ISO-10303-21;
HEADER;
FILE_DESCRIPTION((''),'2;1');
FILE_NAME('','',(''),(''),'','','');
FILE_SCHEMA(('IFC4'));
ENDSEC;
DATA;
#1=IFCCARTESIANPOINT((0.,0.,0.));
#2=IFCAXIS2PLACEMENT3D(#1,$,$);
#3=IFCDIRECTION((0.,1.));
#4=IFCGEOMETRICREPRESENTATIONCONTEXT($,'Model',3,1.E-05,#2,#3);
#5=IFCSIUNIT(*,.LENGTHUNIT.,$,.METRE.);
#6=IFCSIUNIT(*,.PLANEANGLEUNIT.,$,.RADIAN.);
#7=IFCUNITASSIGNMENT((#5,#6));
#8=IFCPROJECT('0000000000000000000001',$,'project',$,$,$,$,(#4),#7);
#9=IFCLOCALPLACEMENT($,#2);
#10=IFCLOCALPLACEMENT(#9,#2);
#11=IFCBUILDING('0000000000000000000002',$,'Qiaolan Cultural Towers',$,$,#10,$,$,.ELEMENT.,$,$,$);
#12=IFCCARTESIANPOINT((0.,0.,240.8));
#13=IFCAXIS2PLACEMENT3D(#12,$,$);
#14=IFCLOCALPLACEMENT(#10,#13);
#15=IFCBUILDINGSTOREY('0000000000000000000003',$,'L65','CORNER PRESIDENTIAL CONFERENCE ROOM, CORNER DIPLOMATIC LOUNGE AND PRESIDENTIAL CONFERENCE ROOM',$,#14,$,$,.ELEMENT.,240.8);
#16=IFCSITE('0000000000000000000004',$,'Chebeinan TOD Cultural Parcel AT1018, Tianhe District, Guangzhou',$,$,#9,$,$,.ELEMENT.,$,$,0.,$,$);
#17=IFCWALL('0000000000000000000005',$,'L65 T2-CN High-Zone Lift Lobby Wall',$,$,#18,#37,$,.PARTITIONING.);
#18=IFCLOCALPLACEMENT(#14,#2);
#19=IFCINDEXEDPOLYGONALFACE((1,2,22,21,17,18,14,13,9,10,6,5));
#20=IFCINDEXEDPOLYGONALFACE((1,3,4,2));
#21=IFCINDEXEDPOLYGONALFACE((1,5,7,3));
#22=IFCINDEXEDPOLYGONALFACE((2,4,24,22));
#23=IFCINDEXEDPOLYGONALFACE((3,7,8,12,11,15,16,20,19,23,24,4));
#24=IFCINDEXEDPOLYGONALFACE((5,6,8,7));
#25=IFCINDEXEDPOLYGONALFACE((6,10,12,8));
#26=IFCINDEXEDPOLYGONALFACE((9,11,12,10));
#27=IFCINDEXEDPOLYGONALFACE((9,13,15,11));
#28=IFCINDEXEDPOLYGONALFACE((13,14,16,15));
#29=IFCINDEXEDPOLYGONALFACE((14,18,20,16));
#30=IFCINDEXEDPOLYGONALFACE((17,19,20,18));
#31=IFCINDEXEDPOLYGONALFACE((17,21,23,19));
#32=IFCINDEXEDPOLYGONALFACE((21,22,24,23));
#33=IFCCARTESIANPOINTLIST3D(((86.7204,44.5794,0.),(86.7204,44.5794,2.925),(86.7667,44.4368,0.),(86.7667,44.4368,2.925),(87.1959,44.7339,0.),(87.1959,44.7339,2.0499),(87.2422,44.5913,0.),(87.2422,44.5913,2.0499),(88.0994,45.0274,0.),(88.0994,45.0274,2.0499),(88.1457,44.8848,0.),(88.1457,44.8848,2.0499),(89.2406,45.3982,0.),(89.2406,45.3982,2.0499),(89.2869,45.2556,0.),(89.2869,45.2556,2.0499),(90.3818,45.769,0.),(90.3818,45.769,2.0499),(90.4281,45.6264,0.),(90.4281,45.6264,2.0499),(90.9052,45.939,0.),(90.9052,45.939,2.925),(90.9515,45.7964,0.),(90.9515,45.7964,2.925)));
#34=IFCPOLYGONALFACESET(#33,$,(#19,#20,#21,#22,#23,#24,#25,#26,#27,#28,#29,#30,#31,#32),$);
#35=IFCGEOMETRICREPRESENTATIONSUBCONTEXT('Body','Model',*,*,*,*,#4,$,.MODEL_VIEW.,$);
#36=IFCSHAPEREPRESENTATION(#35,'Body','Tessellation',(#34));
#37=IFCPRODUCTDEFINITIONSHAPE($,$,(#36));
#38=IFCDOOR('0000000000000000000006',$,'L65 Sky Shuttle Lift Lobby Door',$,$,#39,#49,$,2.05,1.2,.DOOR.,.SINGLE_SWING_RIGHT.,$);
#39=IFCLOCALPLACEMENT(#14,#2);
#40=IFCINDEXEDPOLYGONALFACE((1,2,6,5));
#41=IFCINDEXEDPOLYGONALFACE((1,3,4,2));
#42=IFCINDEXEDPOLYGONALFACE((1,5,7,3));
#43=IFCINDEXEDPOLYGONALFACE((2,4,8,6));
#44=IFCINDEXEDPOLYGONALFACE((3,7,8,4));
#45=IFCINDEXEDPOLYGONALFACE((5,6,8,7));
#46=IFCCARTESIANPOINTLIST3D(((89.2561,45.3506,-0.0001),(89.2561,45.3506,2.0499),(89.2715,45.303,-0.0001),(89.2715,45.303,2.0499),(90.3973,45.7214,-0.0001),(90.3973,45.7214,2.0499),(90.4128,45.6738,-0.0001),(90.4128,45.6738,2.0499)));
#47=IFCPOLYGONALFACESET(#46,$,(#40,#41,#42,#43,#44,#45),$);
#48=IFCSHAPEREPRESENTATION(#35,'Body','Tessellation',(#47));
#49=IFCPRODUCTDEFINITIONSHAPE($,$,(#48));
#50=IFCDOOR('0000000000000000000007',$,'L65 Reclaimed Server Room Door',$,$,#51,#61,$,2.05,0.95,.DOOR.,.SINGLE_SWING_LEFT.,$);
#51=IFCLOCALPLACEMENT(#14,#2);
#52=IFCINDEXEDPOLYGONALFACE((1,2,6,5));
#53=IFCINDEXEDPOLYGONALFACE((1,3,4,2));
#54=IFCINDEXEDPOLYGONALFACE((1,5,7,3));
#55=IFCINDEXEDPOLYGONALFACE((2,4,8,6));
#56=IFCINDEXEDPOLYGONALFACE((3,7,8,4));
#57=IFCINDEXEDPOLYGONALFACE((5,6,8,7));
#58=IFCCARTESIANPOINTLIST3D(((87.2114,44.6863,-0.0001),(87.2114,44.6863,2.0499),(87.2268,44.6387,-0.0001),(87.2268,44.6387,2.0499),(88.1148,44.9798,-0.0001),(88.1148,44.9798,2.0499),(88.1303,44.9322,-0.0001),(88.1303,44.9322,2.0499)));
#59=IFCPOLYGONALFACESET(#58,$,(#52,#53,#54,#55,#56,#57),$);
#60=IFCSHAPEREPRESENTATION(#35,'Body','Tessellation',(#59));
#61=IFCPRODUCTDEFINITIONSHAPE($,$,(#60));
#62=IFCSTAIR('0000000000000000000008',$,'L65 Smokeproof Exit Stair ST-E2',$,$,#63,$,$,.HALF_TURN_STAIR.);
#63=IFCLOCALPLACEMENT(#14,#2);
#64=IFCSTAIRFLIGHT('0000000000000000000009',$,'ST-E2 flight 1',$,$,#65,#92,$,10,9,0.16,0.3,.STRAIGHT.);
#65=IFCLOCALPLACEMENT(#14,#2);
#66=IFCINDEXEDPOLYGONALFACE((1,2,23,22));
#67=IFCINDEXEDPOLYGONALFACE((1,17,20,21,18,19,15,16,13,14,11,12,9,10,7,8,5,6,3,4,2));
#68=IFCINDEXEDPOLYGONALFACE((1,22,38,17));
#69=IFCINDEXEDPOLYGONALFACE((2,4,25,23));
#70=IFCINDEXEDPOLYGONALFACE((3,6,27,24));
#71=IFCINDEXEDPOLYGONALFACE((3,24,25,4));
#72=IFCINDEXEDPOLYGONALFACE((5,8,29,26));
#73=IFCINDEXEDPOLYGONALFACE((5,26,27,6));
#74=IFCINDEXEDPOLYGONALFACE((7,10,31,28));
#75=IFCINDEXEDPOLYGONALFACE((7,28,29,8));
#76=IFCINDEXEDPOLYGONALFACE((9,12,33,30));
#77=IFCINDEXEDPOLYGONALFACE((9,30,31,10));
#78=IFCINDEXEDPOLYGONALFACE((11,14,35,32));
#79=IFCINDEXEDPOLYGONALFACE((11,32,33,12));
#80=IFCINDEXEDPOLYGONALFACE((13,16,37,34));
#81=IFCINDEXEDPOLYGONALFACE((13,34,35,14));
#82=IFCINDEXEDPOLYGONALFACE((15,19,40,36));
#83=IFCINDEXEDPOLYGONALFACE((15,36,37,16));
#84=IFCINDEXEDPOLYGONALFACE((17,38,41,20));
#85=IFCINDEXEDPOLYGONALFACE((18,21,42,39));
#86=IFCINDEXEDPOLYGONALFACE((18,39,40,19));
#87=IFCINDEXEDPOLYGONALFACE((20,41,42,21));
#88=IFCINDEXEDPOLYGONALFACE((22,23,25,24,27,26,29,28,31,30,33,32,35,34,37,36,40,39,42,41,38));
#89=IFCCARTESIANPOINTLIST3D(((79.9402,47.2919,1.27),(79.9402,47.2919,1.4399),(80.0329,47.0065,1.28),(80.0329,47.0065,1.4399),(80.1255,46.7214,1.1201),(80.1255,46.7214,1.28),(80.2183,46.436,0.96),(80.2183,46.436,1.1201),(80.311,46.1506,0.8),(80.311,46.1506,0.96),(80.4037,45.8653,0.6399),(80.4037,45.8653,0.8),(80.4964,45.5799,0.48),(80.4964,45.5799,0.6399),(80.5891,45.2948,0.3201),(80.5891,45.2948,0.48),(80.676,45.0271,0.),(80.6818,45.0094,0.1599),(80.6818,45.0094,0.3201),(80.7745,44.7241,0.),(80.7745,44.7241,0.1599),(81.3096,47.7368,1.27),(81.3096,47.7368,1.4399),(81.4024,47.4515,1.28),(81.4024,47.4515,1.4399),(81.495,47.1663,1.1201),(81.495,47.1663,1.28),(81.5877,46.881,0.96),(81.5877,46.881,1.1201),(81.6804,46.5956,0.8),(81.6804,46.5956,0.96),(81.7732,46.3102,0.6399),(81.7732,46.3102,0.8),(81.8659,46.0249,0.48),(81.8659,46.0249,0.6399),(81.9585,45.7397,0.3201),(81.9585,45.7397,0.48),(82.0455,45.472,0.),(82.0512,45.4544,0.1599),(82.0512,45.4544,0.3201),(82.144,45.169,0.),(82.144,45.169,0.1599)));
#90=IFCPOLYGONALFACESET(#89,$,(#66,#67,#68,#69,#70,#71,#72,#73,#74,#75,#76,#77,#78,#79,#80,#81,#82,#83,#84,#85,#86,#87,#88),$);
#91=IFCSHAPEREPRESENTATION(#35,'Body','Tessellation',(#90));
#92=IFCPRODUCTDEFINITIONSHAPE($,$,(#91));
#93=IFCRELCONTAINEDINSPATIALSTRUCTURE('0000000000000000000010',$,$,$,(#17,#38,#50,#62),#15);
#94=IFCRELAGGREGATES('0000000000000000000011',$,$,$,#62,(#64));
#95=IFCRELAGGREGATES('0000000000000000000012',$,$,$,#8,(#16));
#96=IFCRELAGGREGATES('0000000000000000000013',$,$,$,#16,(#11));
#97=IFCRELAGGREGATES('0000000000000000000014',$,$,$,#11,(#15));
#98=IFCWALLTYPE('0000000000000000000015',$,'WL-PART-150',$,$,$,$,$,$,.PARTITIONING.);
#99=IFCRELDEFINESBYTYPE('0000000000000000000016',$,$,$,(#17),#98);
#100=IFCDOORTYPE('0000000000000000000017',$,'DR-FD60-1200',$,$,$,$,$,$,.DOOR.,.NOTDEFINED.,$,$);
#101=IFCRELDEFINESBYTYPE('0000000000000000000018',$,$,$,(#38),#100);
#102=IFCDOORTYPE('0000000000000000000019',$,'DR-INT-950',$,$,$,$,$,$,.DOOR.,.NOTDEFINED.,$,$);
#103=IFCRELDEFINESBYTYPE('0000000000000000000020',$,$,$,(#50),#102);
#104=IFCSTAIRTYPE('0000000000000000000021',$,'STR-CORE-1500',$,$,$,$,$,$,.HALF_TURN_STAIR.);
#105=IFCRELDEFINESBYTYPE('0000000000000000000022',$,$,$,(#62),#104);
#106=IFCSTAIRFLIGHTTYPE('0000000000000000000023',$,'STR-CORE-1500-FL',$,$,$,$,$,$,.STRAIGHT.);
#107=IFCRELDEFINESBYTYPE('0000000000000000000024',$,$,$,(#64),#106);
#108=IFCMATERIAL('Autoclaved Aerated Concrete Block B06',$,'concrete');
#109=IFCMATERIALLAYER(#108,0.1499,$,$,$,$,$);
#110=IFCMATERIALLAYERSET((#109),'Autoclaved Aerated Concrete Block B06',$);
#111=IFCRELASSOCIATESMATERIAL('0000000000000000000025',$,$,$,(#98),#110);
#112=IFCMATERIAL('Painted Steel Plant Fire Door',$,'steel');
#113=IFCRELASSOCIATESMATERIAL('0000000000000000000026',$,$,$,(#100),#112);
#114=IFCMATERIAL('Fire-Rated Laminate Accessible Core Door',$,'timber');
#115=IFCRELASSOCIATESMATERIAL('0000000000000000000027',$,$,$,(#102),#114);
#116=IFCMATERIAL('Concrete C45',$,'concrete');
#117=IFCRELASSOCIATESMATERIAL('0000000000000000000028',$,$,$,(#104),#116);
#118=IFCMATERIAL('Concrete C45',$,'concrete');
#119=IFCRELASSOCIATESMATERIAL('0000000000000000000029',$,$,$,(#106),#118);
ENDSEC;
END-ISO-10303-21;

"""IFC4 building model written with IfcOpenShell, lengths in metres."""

from ifc_helpers import new_model, si_unit, direction, frame, frame_2d, origin, place, context, subcontext, project, spatial, polyline, rectangle, outline, extrude, material, layer, layer_set, type_object, element, fill, aggregate, save


model = new_model("IFC4")

# Units and contexts
model_context = context("Model", 3, precision=1e-05, world=origin(), true_north=direction((0.0, 1.0)))
body_context = subcontext(model_context, "Body", "Model", "MODEL_VIEW")
ifc_project = project(units=[si_unit("LENGTHUNIT", "METRE"), si_unit("PLANEANGLEUNIT", "RADIAN")], contexts=[model_context])

# Site, building, storey
site_placement = place(None, origin())
site = spatial("IfcSite", under=ifc_project, at=site_placement, Name="Chebeinan TOD Cultural Parcel AT1018, Tianhe District, Guangzhou", CompositionType="ELEMENT", RefElevation=0.0)
building_placement = place(site_placement, origin())
building = spatial("IfcBuilding", under=site, at=building_placement, Name="Qiaolan Cultural Towers", CompositionType="ELEMENT")
storey_placement = place(building_placement, frame((0.0, 0.0, 240.8)))
storey = spatial("IfcBuildingStorey", under=building, at=storey_placement, Name="L65", Description="CORNER PRESIDENTIAL CONFERENCE ROOM, CORNER DIPLOMATIC LOUNGE AND PRESIDENTIAL CONFERENCE ROOM", CompositionType="ELEMENT", Elevation=240.8)

# Wall, openings, doors
ifc_material_1 = material(Name="Autoclaved Aerated Concrete Block B06", Category="concrete")
ifc_layer_1 = layer(ifc_material_1, 0.1499)
ifc_layer_set_1 = layer_set([ifc_layer_1], Name="Autoclaved Aerated Concrete Block B06")
wall_type_1 = type_object("IfcWallType", Name="WL-PART-150", PredefinedType="PARTITIONING", material=ifc_layer_set_1)
wall_1_placement = place(storey_placement, frame((86.7434, 44.5081, 0.0), z_axis=(0.0, 0.0, 1.0), x_axis=(0.951064, 0.308994, 0.0)))
wall_1 = element("IfcWall", 1, at=wall_1_placement, inside=storey, type_object=wall_type_1, Name="L65 T2-CN High-Zone Lift Lobby Wall", PredefinedType="PARTITIONING", context=body_context, shape_type="SweptSolid", body=[
    extrude(rectangle(XDim=4.4001, YDim=0.1499, at=frame_2d((2.2002, 0.0))), origin(), (0.0, 0.0, 1.0), 2.925),
])
opening_1_placement = place(wall_1_placement, frame((0.5, 0.0, 0.0)))
opening_1 = element("IfcOpeningElement", 2, at=opening_1_placement, cuts=wall_1, PredefinedType="OPENING", context=body_context, shape_type="SweptSolid", body=[
    extrude(rectangle(XDim=0.95, YDim=2.05, at=frame_2d((0.4751, 1.0249))), frame((0.0, 0.085, 0.0), z_axis=(0.0, -1.0, 0.0), x_axis=(1.0, 0.0, 0.0)), (0.0, 0.0, 1.0), 0.1699),
])
opening_2_placement = place(wall_1_placement, frame((2.6499, 0.0, 0.0)))
opening_2 = element("IfcOpeningElement", 3, at=opening_2_placement, cuts=wall_1, PredefinedType="OPENING", context=body_context, shape_type="SweptSolid", body=[
    extrude(rectangle(XDim=1.2, YDim=2.05, at=frame_2d((0.6001, 1.0249))), frame((0.0, 0.085, 0.0), z_axis=(0.0, -1.0, 0.0), x_axis=(1.0, 0.0, 0.0)), (0.0, 0.0, 1.0), 0.1699),
])
ifc_material_2 = material(Name="Painted Steel Plant Fire Door", Category="steel")
door_type_1 = type_object("IfcDoorType", Name="DR-FD60-1200", OperationType="NOTDEFINED", PredefinedType="DOOR", material=ifc_material_2)
door_1_placement = place(opening_2_placement, origin())
door_1 = element("IfcDoor", 4, at=door_1_placement, inside=storey, type_object=door_type_1, Name="L65 Sky Shuttle Lift Lobby Door", OperationType="SINGLE_SWING_RIGHT", OverallHeight=2.05, OverallWidth=1.2, PredefinedType="DOOR", context=body_context, shape_type="SweptSolid", body=[
    extrude(rectangle(XDim=1.2, YDim=2.05, at=frame_2d((0.6001, 1.0249))), frame((0.0, 0.0249, 0.0), z_axis=(0.0, -1.0, 0.0), x_axis=(1.0, 0.0, 0.0)), (0.0, 0.0, 1.0), 0.05),
])
fill(opening_2, door_1)
ifc_material_3 = material(Name="Fire-Rated Laminate Accessible Core Door", Category="timber")
door_type_2 = type_object("IfcDoorType", Name="DR-INT-950", OperationType="NOTDEFINED", PredefinedType="DOOR", material=ifc_material_3)
door_2_placement = place(opening_1_placement, origin())
door_2 = element("IfcDoor", 5, at=door_2_placement, inside=storey, type_object=door_type_2, Name="L65 Reclaimed Server Room Door", OperationType="SINGLE_SWING_LEFT", OverallHeight=2.05, OverallWidth=0.95, PredefinedType="DOOR", context=body_context, shape_type="SweptSolid", body=[
    extrude(rectangle(XDim=0.95, YDim=2.05, at=frame_2d((0.4751, 1.0249))), frame((0.0, 0.0249, 0.0), z_axis=(0.0, -1.0, 0.0), x_axis=(1.0, 0.0, 0.0)), (0.0, 0.0, 1.0), 0.05),
])
fill(opening_1, door_2)

# Stair, stair flight
ifc_material_4 = material(Name="Concrete C45", Category="concrete")
stair_type = type_object("IfcStairType", Name="STR-CORE-1500", PredefinedType="HALF_TURN_STAIR", material=ifc_material_4)
stair_placement = place(storey_placement, origin())
stair = element("IfcStair", 6, at=stair_placement, inside=storey, type_object=stair_type, Name="L65 Smokeproof Exit Stair ST-E2", PredefinedType="HALF_TURN_STAIR")
ifc_material_5 = material(Name="Concrete C45", Category="concrete")
stair_flight_type = type_object("IfcStairFlightType", Name="STR-CORE-1500-FL", PredefinedType="STRAIGHT", material=ifc_material_5)
stair_flight_placement = place(storey_placement, frame((81.4592, 44.9465, 0.0), z_axis=(0.0, 0.0, 1.0), x_axis=(-0.309017, 0.951057, 0.0)))
stair_flight = element("IfcStairFlight", 7, at=stair_flight_placement, type_object=stair_flight_type, Name="ST-E2 flight 1", NumberOfRisers=10, NumberOfTreads=9, PredefinedType="STRAIGHT", RiserHeight=0.16, TreadLength=0.3, context=body_context, shape_type="SweptSolid", body=[
    extrude(outline(polyline([(0.0, 0.0), (0.0, 0.1599), (0.3, 0.1599), (0.3, 0.3201), (0.6001, 0.3201), (0.6001, 0.48), (0.8999, 0.48), (0.8999, 0.6399), (1.2, 0.6399), (1.2, 0.8), (1.5, 0.8), (1.5, 0.96), (1.8, 0.96), (1.8, 1.1201), (2.1001, 1.1201), (2.1001, 1.28), (2.3999, 1.28), (2.3999, 1.4399), (2.7, 1.4399), (2.7, 1.6001), (2.7, 1.27), (0.3186, 0.0), (0.0, 0.0)])), frame((0.0, 0.72, 0.0), z_axis=(0.0, -1.0, 0.0), x_axis=(1.0, 0.0, 0.0)), (0.0, 0.0, 1.0), 1.4399),
])
aggregate(stair, [stair_flight])

save(model, "model.ifc")
